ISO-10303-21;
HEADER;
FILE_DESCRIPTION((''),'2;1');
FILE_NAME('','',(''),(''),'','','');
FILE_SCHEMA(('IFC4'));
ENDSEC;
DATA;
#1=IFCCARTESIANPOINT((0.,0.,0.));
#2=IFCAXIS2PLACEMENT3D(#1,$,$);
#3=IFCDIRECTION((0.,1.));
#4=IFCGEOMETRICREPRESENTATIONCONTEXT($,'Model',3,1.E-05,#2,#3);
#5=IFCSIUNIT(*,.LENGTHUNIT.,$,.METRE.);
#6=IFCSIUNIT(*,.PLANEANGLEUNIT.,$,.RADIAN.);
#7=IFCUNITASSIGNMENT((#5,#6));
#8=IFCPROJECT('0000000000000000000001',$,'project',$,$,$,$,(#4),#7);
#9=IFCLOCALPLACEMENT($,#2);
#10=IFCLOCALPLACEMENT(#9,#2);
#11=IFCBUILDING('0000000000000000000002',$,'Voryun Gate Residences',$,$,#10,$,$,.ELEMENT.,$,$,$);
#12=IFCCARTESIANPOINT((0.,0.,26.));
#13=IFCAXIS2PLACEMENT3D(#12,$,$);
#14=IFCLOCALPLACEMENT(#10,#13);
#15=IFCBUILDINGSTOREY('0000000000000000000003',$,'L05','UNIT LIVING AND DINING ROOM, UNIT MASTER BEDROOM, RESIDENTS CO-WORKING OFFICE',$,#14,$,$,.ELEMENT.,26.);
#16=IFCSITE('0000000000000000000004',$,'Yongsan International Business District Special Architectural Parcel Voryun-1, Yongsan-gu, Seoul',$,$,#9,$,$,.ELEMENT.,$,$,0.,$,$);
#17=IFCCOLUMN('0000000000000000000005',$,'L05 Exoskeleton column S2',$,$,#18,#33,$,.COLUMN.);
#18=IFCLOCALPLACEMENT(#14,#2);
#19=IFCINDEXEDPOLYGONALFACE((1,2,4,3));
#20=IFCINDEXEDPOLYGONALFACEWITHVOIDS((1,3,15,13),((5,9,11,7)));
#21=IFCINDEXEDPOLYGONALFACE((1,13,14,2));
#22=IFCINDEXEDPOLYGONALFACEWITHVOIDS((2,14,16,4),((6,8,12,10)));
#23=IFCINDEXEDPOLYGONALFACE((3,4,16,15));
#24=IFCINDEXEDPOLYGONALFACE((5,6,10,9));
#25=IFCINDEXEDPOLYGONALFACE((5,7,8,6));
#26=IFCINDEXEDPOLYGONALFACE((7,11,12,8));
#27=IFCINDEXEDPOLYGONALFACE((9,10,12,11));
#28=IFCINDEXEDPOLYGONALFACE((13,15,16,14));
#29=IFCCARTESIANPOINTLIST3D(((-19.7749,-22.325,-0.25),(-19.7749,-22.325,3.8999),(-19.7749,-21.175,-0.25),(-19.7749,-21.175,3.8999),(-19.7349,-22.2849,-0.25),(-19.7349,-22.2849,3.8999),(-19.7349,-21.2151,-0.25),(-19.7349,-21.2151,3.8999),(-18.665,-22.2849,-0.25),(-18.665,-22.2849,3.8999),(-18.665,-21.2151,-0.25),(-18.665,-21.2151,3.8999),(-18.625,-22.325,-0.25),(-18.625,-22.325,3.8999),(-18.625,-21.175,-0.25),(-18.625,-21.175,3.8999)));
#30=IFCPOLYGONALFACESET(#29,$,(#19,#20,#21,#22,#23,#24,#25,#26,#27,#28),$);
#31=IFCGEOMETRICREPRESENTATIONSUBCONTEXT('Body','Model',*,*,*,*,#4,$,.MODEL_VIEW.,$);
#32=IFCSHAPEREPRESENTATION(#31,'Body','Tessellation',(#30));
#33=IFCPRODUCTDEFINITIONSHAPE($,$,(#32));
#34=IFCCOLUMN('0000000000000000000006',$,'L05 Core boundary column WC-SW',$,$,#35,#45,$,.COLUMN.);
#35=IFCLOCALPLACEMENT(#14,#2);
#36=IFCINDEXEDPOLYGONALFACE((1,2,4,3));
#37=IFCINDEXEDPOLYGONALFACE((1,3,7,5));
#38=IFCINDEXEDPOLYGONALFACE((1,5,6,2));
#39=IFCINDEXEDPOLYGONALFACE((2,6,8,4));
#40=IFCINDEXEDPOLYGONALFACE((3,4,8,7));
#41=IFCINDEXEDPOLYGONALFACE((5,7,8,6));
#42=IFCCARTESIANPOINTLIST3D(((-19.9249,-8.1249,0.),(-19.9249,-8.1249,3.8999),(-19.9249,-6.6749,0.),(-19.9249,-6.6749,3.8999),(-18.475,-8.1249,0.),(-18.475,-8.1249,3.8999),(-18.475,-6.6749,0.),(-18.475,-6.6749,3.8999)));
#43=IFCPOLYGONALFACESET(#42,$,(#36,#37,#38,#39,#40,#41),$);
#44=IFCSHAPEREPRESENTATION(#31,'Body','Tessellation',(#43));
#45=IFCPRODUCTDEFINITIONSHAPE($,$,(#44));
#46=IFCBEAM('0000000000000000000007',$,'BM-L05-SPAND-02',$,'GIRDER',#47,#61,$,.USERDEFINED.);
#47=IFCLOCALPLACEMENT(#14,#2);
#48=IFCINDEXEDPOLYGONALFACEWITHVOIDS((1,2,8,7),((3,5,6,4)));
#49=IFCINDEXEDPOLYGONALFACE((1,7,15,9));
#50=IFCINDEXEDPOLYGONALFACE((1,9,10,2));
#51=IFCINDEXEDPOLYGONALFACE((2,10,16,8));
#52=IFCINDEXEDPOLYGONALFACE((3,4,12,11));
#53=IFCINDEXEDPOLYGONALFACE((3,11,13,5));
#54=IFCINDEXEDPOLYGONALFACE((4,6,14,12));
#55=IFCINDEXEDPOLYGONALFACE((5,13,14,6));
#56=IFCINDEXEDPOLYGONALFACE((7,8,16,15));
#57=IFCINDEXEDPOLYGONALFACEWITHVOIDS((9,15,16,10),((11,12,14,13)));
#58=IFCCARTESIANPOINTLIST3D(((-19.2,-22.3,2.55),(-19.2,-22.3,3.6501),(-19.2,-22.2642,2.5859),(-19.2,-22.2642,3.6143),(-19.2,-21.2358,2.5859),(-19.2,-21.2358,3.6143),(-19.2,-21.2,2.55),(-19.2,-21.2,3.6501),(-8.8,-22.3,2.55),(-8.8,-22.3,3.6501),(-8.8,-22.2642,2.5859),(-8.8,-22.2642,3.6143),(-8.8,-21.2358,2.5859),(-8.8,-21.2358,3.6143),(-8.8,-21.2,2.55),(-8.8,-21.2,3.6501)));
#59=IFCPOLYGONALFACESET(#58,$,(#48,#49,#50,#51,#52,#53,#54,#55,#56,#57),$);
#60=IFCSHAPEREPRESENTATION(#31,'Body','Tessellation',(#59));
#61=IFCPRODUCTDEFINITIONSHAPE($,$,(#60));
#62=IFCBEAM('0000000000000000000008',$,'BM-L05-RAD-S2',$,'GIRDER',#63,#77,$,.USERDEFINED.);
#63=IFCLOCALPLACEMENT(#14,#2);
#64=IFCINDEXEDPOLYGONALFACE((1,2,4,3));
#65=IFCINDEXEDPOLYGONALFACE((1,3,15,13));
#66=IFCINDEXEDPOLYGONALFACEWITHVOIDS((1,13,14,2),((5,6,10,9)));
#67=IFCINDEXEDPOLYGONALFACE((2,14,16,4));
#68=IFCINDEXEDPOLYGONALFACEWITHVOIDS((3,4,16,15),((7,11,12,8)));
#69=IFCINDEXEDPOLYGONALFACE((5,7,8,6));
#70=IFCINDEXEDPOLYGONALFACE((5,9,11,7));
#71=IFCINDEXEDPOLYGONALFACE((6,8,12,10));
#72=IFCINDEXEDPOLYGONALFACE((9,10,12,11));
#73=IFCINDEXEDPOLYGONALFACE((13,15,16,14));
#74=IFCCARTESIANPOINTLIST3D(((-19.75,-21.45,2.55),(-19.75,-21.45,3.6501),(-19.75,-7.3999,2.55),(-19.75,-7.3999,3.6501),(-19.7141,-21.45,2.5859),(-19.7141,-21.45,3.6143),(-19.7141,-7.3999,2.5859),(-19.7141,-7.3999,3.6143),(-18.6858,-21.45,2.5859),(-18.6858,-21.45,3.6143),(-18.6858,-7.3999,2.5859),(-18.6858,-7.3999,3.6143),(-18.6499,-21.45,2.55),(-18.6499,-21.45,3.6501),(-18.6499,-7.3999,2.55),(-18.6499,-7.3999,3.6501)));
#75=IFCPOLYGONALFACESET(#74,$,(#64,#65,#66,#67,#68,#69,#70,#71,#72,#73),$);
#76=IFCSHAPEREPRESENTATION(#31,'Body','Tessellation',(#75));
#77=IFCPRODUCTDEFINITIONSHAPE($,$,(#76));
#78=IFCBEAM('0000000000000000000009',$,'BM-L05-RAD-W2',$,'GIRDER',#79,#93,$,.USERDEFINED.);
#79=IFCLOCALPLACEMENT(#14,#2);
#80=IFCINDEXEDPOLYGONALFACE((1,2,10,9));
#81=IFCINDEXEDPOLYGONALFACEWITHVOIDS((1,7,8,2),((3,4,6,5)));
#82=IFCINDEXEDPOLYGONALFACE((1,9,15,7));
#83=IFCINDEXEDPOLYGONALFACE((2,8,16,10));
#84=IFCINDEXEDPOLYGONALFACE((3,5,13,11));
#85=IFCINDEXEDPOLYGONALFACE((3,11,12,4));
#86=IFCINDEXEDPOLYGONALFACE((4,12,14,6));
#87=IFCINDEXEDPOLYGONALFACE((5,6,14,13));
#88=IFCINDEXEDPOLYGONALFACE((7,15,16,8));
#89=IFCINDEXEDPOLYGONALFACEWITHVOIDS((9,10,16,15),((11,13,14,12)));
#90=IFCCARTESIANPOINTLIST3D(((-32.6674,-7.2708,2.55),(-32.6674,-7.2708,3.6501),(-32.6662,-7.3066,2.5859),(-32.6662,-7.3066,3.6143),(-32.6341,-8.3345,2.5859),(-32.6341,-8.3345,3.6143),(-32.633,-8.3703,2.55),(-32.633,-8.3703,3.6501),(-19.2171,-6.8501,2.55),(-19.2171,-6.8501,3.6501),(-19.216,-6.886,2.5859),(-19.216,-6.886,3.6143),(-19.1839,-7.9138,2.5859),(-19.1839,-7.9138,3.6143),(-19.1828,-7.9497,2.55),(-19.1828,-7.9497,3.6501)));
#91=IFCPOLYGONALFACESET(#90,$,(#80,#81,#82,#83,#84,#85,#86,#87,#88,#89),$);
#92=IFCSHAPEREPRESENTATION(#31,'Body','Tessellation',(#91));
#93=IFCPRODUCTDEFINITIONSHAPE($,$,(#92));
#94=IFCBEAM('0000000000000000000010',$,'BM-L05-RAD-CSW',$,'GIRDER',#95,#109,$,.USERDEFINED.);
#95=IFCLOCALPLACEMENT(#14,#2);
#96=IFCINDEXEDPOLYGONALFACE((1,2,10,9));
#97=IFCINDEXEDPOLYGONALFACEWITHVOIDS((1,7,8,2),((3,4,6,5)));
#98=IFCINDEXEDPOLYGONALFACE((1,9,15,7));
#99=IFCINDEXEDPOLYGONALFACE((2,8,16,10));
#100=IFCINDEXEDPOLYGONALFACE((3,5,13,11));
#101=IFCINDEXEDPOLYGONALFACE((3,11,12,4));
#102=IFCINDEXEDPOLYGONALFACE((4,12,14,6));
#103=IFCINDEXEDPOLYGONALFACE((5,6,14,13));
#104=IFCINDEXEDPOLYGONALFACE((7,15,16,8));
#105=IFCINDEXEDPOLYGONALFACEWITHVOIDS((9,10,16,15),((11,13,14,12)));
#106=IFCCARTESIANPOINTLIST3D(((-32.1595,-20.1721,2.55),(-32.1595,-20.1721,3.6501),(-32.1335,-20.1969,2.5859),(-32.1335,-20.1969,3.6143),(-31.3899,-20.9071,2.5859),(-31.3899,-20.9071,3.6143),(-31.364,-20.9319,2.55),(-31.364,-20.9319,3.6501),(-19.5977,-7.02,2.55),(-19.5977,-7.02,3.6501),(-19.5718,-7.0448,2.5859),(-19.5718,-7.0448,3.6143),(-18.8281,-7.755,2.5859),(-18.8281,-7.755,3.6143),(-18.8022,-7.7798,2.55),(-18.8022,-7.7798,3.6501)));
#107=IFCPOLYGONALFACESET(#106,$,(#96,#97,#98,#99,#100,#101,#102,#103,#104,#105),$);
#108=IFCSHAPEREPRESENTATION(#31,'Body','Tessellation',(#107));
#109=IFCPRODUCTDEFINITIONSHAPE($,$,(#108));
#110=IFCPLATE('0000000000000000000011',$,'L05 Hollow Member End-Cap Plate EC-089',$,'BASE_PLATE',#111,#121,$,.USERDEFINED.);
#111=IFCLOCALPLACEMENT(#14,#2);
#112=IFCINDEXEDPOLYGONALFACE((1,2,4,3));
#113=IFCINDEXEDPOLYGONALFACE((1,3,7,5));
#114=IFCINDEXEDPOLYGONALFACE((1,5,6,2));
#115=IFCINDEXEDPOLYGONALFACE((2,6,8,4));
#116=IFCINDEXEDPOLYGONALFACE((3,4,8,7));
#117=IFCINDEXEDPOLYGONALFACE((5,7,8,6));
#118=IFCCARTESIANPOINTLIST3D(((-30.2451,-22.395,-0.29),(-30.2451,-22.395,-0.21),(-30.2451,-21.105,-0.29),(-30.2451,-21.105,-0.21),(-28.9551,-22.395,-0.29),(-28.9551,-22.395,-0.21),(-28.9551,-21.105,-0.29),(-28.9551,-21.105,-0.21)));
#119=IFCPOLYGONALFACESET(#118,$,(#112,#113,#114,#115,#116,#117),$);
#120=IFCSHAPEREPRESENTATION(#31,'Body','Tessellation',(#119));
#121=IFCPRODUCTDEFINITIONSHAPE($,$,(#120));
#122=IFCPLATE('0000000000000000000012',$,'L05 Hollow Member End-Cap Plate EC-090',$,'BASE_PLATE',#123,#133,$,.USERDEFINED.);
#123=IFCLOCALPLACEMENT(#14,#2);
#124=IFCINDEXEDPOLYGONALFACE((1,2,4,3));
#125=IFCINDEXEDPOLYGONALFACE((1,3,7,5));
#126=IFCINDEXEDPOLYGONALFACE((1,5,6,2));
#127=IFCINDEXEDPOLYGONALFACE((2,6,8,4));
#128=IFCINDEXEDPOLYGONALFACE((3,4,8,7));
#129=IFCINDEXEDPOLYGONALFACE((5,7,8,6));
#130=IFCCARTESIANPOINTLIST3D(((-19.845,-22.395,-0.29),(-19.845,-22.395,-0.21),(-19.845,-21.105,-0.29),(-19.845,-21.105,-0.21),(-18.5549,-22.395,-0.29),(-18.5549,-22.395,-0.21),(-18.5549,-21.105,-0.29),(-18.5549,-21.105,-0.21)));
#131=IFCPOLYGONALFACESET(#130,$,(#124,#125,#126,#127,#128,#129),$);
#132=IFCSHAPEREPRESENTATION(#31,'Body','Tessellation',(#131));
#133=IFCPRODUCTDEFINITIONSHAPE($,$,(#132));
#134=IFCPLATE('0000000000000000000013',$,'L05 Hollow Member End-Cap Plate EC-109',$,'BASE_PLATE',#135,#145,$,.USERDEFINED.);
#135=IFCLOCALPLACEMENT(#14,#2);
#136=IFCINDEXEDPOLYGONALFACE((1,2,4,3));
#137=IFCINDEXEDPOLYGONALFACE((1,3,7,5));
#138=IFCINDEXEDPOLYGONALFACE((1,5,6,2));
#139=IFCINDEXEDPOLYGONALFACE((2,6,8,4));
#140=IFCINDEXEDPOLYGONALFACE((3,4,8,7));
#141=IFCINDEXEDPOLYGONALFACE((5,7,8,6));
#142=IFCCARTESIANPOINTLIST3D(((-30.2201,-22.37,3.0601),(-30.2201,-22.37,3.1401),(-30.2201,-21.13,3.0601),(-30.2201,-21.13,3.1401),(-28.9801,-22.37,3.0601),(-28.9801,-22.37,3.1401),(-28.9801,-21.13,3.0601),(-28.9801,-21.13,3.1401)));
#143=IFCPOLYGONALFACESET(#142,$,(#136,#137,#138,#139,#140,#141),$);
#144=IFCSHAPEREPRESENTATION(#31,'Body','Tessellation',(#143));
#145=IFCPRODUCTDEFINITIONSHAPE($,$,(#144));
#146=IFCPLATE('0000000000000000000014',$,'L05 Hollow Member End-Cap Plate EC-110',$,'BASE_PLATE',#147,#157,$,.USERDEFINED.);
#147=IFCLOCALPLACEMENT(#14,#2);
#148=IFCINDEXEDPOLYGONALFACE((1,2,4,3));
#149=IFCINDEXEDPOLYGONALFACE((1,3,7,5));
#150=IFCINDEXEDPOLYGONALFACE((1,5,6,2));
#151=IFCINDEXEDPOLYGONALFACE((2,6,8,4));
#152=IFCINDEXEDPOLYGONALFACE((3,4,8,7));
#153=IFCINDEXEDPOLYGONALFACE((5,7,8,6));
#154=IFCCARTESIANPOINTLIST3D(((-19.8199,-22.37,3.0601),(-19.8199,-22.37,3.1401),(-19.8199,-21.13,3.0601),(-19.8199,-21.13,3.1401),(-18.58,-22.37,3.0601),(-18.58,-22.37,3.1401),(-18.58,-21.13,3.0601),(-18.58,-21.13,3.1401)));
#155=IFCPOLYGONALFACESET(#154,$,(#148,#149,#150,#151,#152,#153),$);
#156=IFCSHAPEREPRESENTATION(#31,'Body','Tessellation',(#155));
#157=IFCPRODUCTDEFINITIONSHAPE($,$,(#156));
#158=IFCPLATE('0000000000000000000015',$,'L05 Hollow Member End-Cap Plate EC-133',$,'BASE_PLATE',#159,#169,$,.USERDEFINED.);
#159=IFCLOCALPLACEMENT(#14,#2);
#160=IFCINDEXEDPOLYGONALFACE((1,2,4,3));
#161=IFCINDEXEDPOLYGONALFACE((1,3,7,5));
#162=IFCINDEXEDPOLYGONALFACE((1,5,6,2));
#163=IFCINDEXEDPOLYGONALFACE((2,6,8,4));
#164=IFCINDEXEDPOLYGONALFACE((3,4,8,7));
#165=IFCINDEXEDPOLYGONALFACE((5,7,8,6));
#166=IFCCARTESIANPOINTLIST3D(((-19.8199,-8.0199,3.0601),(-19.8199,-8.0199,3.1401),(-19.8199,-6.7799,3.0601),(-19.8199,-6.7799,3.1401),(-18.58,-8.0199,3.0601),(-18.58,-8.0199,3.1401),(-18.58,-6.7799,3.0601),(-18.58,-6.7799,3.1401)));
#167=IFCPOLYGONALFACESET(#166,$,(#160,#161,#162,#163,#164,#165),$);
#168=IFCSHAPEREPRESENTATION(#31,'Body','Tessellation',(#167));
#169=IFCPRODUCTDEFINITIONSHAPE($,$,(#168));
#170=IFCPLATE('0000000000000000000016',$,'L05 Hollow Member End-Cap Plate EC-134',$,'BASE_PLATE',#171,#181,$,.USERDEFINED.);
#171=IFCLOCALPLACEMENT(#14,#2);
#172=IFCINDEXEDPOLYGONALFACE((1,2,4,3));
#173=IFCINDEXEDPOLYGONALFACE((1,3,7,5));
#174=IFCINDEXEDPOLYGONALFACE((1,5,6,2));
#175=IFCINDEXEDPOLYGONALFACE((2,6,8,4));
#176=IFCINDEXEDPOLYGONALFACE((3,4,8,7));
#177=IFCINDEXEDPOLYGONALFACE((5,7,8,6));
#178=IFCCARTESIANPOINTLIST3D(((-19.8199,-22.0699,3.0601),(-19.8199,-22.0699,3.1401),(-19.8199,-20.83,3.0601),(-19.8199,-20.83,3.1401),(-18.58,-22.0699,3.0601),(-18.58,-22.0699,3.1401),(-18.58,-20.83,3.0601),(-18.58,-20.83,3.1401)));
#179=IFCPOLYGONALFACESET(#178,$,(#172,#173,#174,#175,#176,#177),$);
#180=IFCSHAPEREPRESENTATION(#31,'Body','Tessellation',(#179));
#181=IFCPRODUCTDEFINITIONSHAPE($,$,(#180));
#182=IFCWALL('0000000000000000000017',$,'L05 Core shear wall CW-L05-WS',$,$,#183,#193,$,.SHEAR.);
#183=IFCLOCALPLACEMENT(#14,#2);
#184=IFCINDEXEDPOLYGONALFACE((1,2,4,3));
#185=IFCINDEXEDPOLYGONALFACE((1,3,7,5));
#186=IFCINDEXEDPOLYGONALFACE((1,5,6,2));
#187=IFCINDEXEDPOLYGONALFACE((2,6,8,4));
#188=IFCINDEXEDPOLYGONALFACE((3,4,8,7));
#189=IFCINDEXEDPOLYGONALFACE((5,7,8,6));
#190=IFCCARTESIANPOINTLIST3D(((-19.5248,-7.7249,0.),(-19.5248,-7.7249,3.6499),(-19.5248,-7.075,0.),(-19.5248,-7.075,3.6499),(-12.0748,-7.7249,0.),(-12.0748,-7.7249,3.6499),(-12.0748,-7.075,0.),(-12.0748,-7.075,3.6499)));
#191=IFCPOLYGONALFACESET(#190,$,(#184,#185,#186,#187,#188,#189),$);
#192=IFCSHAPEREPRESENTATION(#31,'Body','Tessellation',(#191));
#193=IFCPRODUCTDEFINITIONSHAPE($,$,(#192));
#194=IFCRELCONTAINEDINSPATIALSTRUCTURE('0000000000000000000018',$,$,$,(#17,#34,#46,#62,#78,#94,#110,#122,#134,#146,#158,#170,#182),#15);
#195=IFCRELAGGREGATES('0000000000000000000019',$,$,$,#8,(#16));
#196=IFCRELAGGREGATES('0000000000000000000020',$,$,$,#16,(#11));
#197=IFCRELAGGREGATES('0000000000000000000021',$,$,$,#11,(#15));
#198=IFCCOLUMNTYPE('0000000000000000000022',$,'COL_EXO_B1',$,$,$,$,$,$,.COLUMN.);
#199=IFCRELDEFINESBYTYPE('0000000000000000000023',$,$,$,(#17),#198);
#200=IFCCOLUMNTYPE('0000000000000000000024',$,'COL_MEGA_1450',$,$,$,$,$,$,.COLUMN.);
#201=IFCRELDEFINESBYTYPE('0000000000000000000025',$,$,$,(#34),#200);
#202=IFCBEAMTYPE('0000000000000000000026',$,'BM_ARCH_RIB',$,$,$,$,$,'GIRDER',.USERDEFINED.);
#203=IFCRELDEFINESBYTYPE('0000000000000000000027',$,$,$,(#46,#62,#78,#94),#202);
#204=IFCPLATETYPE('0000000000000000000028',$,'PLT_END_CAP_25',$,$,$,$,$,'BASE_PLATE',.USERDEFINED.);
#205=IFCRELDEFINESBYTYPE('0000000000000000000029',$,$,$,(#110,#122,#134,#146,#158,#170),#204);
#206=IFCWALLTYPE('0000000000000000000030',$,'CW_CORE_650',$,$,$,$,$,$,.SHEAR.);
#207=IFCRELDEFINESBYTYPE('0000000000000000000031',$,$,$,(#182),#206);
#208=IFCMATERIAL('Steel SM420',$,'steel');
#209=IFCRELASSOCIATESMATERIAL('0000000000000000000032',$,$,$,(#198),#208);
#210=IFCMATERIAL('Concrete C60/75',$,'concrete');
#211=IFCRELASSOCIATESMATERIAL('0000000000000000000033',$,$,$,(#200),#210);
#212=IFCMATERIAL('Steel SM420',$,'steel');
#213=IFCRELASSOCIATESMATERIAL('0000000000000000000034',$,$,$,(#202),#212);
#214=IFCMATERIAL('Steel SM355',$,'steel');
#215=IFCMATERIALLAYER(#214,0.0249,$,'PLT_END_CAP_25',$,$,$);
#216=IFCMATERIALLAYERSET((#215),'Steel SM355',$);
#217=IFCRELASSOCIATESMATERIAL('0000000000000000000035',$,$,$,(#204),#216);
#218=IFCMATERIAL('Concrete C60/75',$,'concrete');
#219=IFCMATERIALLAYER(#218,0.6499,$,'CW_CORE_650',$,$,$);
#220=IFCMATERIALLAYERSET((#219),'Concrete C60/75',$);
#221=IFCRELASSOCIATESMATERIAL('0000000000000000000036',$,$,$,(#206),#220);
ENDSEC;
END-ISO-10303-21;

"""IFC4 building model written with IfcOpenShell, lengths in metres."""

from ifc_helpers import new_model, si_unit, direction, frame, frame_2d, origin, origin_2d, place, context, subcontext, project, spatial, rectangle, hollow_rectangle, extrude, material, layer, layer_set, material_profile, profile_set, type_object, element, save


model = new_model("IFC4")

# Units and contexts
model_context = context("Model", 3, precision=1e-05, world=origin(), true_north=direction((0.0, 1.0)))
body_context = subcontext(model_context, "Body", "Model", "MODEL_VIEW")
ifc_project = project(units=[si_unit("LENGTHUNIT", "METRE"), si_unit("PLANEANGLEUNIT", "RADIAN")], contexts=[model_context])

# Site, building, storey
site_placement = place(None, origin())
site = spatial("IfcSite", under=ifc_project, at=site_placement, Name="Yongsan International Business District Special Architectural Parcel Voryun-1, Yongsan-gu, Seoul", CompositionType="ELEMENT", RefElevation=0.0)
building_placement = place(site_placement, origin())
building = spatial("IfcBuilding", under=site, at=building_placement, Name="Voryun Gate Residences", CompositionType="ELEMENT")
storey_placement = place(building_placement, frame((0.0, 0.0, 26.0)))
storey = spatial("IfcBuildingStorey", under=building, at=storey_placement, Name="L05", Description="UNIT LIVING AND DINING ROOM, UNIT MASTER BEDROOM, RESIDENTS CO-WORKING OFFICE", CompositionType="ELEMENT", Elevation=26.0)

# Columns
ifc_material_1 = material(Name="Steel SM420", Category="steel")
ifc_material_profile_1 = material_profile(ifc_material_1, hollow_rectangle(XDim=1.1499, YDim=1.1499, WallThickness=0.04, at=origin_2d()), Name="BOX-1150x1150x40")
ifc_profile_set_1 = profile_set([ifc_material_profile_1], Name="Steel SM420")
column_type_1 = type_object("IfcColumnType", Name="COL_EXO_B1", PredefinedType="COLUMN", material=ifc_profile_set_1)
column_1_placement = place(storey_placement, frame((-19.2, -21.75, -0.25), z_axis=(0.0, 0.0, 1.0), x_axis=(1.0, 0.0, 0.0)))
element("IfcColumn", 1, at=column_1_placement, inside=storey, type_object=column_type_1, Name="L05 Exoskeleton column S2", PredefinedType="COLUMN", context=body_context, shape_type="SweptSolid", body=[
    extrude(hollow_rectangle(XDim=1.1499, YDim=1.1499, WallThickness=0.04, at=origin_2d()), origin(), (0.0, 0.0, 1.0), 4.1499),
])
ifc_material_2 = material(Name="Concrete C60/75", Category="concrete")
ifc_material_profile_2 = material_profile(ifc_material_2, rectangle(XDim=1.45, YDim=1.45, at=origin_2d()), Name="RC-1450x1450")
ifc_profile_set_2 = profile_set([ifc_material_profile_2], Name="Concrete C60/75")
column_type_2 = type_object("IfcColumnType", Name="COL_MEGA_1450", PredefinedType="COLUMN", material=ifc_profile_set_2)
column_2_placement = place(storey_placement, frame((-19.2, -7.3999, 0.0), z_axis=(0.0, 0.0, 1.0), x_axis=(1.0, 0.0, 0.0)))
element("IfcColumn", 2, at=column_2_placement, inside=storey, type_object=column_type_2, Name="L05 Core boundary column WC-SW", PredefinedType="COLUMN", context=body_context, shape_type="SweptSolid", body=[
    extrude(rectangle(XDim=1.45, YDim=1.45, at=origin_2d()), origin(), (0.0, 0.0, 1.0), 3.8999),
])

# Beams
ifc_material_3 = material(Name="Steel SM420", Category="steel")
ifc_material_profile_3 = material_profile(ifc_material_3, hollow_rectangle(XDim=1.1001, YDim=1.1001, WallThickness=0.0359, at=origin_2d()), Name="BOX-1100x1100x36")
ifc_profile_set_3 = profile_set([ifc_material_profile_3], Name="Steel SM420")
beam_type = type_object("IfcBeamType", Name="BM_ARCH_RIB", ElementType="GIRDER", PredefinedType="USERDEFINED", material=ifc_profile_set_3)
beam_1_placement = place(storey_placement, frame((-19.2, -21.75, 3.1001), z_axis=(1.0, 0.0, 0.0), x_axis=(0.0, 1.0, 0.0)))
element("IfcBeam", 3, at=beam_1_placement, inside=storey, type_object=beam_type, Name="BM-L05-SPAND-02", ObjectType="GIRDER", PredefinedType="USERDEFINED", context=body_context, shape_type="SweptSolid", body=[
    extrude(hollow_rectangle(XDim=1.1001, YDim=1.1001, WallThickness=0.0359, at=origin_2d()), origin(), (0.0, 0.0, 1.0), 10.3999),
])
beam_2_placement = place(storey_placement, frame((-19.2, -7.3999, 3.1001), z_axis=(0.0, -1.0, 0.0), x_axis=(1.0, 0.0, 0.0)))
element("IfcBeam", 4, at=beam_2_placement, inside=storey, type_object=beam_type, Name="BM-L05-RAD-S2", ObjectType="GIRDER", PredefinedType="USERDEFINED", context=body_context, shape_type="SweptSolid", body=[
    extrude(hollow_rectangle(XDim=1.1001, YDim=1.1001, WallThickness=0.0359, at=origin_2d()), origin(), (0.0, 0.0, 1.0), 14.05),
])
beam_3_placement = place(storey_placement, frame((-19.2, -7.3999, 3.1001), z_axis=(-0.999511, -0.03126, 0.0), x_axis=(0.03126, -0.999511, 0.0)))
element("IfcBeam", 5, at=beam_3_placement, inside=storey, type_object=beam_type, Name="BM-L05-RAD-W2", ObjectType="GIRDER", PredefinedType="USERDEFINED", context=body_context, shape_type="SweptSolid", body=[
    extrude(hollow_rectangle(XDim=1.1001, YDim=1.1001, WallThickness=0.0359, at=origin_2d()), origin(), (0.0, 0.0, 1.0), 13.4568),
])
beam_4_placement = place(storey_placement, frame((-19.2, -7.3999, 3.1001), z_axis=(-0.690691, -0.72315, 0.0), x_axis=(0.72315, -0.690691, 0.0)))
element("IfcBeam", 6, at=beam_4_placement, inside=storey, type_object=beam_type, Name="BM-L05-RAD-CSW", ObjectType="GIRDER", PredefinedType="USERDEFINED", context=body_context, shape_type="SweptSolid", body=[
    extrude(hollow_rectangle(XDim=1.1001, YDim=1.1001, WallThickness=0.0359, at=origin_2d()), origin(), (0.0, 0.0, 1.0), 18.1873),
])

# Plates
ifc_material_4 = material(Name="Steel SM355", Category="steel")
ifc_layer_1 = layer(ifc_material_4, 0.0249, Name="PLT_END_CAP_25")
ifc_layer_set_1 = layer_set([ifc_layer_1], Name="Steel SM355")
plate_type = type_object("IfcPlateType", Name="PLT_END_CAP_25", ElementType="BASE_PLATE", PredefinedType="USERDEFINED", material=ifc_layer_set_1)
for number, where, z_axis, x_axis, name in (
    (7, (-29.6001, -21.75, -0.29), (0.0, 0.0, 1.0), (1.0, 0.0, 0.0), "L05 Hollow Member End-Cap Plate EC-089"),
    (8, (-19.2, -21.75, -0.29), (0.0, 0.0, 1.0), (1.0, 0.0, 0.0), "L05 Hollow Member End-Cap Plate EC-090"),
):
    element("IfcPlate", number, at=place(storey_placement, frame(where, z_axis=z_axis, x_axis=x_axis)), inside=storey, type_object=plate_type, Name=name, ObjectType="BASE_PLATE", PredefinedType="USERDEFINED", context=body_context, shape_type="SweptSolid", body=[
        extrude(rectangle(XDim=1.29, YDim=1.29, at=origin_2d()), origin(), (0.0, 0.0, 1.0), 0.0801),
    ])
for number, where, z_axis, x_axis, name in (
    (9, (-29.6001, -21.75, 3.0601), (0.0, 0.0, 1.0), (1.0, 0.0, 0.0), "L05 Hollow Member End-Cap Plate EC-109"),
    (10, (-19.2, -21.75, 3.0601), (0.0, 0.0, 1.0), (1.0, 0.0, 0.0), "L05 Hollow Member End-Cap Plate EC-110"),
    (11, (-19.2, -7.3999, 3.0601), (0.0, 0.0, 1.0), (1.0, 0.0, 0.0), "L05 Hollow Member End-Cap Plate EC-133"),
    (12, (-19.2, -21.45, 3.0601), (0.0, 0.0, 1.0), (1.0, 0.0, 0.0), "L05 Hollow Member End-Cap Plate EC-134"),
):
    element("IfcPlate", number, at=place(storey_placement, frame(where, z_axis=z_axis, x_axis=x_axis)), inside=storey, type_object=plate_type, Name=name, ObjectType="BASE_PLATE", PredefinedType="USERDEFINED", context=body_context, shape_type="SweptSolid", body=[
        extrude(rectangle(XDim=1.24, YDim=1.24, at=origin_2d()), origin(), (0.0, 0.0, 1.0), 0.0801),
    ])

# Wall
ifc_material_5 = material(Name="Concrete C60/75", Category="concrete")
ifc_layer_2 = layer(ifc_material_5, 0.6499, Name="CW_CORE_650")
ifc_layer_set_2 = layer_set([ifc_layer_2], Name="Concrete C60/75")
wall_type_1 = type_object("IfcWallType", Name="CW_CORE_650", PredefinedType="SHEAR", material=ifc_layer_set_2)
wall_1_placement = place(storey_placement, frame((-19.5249, -7.3999, 0.0), z_axis=(0.0, 0.0, 1.0), x_axis=(1.0, 0.0, 0.0)))
element("IfcWall", 13, at=wall_1_placement, inside=storey, type_object=wall_type_1, Name="L05 Core shear wall CW-L05-WS", PredefinedType="SHEAR", context=body_context, shape_type="SweptSolid", body=[
    extrude(rectangle(XDim=7.45, YDim=0.6499, at=frame_2d((3.7251, 0.0))), origin(), (0.0, 0.0, 1.0), 3.6499),
])

save(model, "model.ifc")
